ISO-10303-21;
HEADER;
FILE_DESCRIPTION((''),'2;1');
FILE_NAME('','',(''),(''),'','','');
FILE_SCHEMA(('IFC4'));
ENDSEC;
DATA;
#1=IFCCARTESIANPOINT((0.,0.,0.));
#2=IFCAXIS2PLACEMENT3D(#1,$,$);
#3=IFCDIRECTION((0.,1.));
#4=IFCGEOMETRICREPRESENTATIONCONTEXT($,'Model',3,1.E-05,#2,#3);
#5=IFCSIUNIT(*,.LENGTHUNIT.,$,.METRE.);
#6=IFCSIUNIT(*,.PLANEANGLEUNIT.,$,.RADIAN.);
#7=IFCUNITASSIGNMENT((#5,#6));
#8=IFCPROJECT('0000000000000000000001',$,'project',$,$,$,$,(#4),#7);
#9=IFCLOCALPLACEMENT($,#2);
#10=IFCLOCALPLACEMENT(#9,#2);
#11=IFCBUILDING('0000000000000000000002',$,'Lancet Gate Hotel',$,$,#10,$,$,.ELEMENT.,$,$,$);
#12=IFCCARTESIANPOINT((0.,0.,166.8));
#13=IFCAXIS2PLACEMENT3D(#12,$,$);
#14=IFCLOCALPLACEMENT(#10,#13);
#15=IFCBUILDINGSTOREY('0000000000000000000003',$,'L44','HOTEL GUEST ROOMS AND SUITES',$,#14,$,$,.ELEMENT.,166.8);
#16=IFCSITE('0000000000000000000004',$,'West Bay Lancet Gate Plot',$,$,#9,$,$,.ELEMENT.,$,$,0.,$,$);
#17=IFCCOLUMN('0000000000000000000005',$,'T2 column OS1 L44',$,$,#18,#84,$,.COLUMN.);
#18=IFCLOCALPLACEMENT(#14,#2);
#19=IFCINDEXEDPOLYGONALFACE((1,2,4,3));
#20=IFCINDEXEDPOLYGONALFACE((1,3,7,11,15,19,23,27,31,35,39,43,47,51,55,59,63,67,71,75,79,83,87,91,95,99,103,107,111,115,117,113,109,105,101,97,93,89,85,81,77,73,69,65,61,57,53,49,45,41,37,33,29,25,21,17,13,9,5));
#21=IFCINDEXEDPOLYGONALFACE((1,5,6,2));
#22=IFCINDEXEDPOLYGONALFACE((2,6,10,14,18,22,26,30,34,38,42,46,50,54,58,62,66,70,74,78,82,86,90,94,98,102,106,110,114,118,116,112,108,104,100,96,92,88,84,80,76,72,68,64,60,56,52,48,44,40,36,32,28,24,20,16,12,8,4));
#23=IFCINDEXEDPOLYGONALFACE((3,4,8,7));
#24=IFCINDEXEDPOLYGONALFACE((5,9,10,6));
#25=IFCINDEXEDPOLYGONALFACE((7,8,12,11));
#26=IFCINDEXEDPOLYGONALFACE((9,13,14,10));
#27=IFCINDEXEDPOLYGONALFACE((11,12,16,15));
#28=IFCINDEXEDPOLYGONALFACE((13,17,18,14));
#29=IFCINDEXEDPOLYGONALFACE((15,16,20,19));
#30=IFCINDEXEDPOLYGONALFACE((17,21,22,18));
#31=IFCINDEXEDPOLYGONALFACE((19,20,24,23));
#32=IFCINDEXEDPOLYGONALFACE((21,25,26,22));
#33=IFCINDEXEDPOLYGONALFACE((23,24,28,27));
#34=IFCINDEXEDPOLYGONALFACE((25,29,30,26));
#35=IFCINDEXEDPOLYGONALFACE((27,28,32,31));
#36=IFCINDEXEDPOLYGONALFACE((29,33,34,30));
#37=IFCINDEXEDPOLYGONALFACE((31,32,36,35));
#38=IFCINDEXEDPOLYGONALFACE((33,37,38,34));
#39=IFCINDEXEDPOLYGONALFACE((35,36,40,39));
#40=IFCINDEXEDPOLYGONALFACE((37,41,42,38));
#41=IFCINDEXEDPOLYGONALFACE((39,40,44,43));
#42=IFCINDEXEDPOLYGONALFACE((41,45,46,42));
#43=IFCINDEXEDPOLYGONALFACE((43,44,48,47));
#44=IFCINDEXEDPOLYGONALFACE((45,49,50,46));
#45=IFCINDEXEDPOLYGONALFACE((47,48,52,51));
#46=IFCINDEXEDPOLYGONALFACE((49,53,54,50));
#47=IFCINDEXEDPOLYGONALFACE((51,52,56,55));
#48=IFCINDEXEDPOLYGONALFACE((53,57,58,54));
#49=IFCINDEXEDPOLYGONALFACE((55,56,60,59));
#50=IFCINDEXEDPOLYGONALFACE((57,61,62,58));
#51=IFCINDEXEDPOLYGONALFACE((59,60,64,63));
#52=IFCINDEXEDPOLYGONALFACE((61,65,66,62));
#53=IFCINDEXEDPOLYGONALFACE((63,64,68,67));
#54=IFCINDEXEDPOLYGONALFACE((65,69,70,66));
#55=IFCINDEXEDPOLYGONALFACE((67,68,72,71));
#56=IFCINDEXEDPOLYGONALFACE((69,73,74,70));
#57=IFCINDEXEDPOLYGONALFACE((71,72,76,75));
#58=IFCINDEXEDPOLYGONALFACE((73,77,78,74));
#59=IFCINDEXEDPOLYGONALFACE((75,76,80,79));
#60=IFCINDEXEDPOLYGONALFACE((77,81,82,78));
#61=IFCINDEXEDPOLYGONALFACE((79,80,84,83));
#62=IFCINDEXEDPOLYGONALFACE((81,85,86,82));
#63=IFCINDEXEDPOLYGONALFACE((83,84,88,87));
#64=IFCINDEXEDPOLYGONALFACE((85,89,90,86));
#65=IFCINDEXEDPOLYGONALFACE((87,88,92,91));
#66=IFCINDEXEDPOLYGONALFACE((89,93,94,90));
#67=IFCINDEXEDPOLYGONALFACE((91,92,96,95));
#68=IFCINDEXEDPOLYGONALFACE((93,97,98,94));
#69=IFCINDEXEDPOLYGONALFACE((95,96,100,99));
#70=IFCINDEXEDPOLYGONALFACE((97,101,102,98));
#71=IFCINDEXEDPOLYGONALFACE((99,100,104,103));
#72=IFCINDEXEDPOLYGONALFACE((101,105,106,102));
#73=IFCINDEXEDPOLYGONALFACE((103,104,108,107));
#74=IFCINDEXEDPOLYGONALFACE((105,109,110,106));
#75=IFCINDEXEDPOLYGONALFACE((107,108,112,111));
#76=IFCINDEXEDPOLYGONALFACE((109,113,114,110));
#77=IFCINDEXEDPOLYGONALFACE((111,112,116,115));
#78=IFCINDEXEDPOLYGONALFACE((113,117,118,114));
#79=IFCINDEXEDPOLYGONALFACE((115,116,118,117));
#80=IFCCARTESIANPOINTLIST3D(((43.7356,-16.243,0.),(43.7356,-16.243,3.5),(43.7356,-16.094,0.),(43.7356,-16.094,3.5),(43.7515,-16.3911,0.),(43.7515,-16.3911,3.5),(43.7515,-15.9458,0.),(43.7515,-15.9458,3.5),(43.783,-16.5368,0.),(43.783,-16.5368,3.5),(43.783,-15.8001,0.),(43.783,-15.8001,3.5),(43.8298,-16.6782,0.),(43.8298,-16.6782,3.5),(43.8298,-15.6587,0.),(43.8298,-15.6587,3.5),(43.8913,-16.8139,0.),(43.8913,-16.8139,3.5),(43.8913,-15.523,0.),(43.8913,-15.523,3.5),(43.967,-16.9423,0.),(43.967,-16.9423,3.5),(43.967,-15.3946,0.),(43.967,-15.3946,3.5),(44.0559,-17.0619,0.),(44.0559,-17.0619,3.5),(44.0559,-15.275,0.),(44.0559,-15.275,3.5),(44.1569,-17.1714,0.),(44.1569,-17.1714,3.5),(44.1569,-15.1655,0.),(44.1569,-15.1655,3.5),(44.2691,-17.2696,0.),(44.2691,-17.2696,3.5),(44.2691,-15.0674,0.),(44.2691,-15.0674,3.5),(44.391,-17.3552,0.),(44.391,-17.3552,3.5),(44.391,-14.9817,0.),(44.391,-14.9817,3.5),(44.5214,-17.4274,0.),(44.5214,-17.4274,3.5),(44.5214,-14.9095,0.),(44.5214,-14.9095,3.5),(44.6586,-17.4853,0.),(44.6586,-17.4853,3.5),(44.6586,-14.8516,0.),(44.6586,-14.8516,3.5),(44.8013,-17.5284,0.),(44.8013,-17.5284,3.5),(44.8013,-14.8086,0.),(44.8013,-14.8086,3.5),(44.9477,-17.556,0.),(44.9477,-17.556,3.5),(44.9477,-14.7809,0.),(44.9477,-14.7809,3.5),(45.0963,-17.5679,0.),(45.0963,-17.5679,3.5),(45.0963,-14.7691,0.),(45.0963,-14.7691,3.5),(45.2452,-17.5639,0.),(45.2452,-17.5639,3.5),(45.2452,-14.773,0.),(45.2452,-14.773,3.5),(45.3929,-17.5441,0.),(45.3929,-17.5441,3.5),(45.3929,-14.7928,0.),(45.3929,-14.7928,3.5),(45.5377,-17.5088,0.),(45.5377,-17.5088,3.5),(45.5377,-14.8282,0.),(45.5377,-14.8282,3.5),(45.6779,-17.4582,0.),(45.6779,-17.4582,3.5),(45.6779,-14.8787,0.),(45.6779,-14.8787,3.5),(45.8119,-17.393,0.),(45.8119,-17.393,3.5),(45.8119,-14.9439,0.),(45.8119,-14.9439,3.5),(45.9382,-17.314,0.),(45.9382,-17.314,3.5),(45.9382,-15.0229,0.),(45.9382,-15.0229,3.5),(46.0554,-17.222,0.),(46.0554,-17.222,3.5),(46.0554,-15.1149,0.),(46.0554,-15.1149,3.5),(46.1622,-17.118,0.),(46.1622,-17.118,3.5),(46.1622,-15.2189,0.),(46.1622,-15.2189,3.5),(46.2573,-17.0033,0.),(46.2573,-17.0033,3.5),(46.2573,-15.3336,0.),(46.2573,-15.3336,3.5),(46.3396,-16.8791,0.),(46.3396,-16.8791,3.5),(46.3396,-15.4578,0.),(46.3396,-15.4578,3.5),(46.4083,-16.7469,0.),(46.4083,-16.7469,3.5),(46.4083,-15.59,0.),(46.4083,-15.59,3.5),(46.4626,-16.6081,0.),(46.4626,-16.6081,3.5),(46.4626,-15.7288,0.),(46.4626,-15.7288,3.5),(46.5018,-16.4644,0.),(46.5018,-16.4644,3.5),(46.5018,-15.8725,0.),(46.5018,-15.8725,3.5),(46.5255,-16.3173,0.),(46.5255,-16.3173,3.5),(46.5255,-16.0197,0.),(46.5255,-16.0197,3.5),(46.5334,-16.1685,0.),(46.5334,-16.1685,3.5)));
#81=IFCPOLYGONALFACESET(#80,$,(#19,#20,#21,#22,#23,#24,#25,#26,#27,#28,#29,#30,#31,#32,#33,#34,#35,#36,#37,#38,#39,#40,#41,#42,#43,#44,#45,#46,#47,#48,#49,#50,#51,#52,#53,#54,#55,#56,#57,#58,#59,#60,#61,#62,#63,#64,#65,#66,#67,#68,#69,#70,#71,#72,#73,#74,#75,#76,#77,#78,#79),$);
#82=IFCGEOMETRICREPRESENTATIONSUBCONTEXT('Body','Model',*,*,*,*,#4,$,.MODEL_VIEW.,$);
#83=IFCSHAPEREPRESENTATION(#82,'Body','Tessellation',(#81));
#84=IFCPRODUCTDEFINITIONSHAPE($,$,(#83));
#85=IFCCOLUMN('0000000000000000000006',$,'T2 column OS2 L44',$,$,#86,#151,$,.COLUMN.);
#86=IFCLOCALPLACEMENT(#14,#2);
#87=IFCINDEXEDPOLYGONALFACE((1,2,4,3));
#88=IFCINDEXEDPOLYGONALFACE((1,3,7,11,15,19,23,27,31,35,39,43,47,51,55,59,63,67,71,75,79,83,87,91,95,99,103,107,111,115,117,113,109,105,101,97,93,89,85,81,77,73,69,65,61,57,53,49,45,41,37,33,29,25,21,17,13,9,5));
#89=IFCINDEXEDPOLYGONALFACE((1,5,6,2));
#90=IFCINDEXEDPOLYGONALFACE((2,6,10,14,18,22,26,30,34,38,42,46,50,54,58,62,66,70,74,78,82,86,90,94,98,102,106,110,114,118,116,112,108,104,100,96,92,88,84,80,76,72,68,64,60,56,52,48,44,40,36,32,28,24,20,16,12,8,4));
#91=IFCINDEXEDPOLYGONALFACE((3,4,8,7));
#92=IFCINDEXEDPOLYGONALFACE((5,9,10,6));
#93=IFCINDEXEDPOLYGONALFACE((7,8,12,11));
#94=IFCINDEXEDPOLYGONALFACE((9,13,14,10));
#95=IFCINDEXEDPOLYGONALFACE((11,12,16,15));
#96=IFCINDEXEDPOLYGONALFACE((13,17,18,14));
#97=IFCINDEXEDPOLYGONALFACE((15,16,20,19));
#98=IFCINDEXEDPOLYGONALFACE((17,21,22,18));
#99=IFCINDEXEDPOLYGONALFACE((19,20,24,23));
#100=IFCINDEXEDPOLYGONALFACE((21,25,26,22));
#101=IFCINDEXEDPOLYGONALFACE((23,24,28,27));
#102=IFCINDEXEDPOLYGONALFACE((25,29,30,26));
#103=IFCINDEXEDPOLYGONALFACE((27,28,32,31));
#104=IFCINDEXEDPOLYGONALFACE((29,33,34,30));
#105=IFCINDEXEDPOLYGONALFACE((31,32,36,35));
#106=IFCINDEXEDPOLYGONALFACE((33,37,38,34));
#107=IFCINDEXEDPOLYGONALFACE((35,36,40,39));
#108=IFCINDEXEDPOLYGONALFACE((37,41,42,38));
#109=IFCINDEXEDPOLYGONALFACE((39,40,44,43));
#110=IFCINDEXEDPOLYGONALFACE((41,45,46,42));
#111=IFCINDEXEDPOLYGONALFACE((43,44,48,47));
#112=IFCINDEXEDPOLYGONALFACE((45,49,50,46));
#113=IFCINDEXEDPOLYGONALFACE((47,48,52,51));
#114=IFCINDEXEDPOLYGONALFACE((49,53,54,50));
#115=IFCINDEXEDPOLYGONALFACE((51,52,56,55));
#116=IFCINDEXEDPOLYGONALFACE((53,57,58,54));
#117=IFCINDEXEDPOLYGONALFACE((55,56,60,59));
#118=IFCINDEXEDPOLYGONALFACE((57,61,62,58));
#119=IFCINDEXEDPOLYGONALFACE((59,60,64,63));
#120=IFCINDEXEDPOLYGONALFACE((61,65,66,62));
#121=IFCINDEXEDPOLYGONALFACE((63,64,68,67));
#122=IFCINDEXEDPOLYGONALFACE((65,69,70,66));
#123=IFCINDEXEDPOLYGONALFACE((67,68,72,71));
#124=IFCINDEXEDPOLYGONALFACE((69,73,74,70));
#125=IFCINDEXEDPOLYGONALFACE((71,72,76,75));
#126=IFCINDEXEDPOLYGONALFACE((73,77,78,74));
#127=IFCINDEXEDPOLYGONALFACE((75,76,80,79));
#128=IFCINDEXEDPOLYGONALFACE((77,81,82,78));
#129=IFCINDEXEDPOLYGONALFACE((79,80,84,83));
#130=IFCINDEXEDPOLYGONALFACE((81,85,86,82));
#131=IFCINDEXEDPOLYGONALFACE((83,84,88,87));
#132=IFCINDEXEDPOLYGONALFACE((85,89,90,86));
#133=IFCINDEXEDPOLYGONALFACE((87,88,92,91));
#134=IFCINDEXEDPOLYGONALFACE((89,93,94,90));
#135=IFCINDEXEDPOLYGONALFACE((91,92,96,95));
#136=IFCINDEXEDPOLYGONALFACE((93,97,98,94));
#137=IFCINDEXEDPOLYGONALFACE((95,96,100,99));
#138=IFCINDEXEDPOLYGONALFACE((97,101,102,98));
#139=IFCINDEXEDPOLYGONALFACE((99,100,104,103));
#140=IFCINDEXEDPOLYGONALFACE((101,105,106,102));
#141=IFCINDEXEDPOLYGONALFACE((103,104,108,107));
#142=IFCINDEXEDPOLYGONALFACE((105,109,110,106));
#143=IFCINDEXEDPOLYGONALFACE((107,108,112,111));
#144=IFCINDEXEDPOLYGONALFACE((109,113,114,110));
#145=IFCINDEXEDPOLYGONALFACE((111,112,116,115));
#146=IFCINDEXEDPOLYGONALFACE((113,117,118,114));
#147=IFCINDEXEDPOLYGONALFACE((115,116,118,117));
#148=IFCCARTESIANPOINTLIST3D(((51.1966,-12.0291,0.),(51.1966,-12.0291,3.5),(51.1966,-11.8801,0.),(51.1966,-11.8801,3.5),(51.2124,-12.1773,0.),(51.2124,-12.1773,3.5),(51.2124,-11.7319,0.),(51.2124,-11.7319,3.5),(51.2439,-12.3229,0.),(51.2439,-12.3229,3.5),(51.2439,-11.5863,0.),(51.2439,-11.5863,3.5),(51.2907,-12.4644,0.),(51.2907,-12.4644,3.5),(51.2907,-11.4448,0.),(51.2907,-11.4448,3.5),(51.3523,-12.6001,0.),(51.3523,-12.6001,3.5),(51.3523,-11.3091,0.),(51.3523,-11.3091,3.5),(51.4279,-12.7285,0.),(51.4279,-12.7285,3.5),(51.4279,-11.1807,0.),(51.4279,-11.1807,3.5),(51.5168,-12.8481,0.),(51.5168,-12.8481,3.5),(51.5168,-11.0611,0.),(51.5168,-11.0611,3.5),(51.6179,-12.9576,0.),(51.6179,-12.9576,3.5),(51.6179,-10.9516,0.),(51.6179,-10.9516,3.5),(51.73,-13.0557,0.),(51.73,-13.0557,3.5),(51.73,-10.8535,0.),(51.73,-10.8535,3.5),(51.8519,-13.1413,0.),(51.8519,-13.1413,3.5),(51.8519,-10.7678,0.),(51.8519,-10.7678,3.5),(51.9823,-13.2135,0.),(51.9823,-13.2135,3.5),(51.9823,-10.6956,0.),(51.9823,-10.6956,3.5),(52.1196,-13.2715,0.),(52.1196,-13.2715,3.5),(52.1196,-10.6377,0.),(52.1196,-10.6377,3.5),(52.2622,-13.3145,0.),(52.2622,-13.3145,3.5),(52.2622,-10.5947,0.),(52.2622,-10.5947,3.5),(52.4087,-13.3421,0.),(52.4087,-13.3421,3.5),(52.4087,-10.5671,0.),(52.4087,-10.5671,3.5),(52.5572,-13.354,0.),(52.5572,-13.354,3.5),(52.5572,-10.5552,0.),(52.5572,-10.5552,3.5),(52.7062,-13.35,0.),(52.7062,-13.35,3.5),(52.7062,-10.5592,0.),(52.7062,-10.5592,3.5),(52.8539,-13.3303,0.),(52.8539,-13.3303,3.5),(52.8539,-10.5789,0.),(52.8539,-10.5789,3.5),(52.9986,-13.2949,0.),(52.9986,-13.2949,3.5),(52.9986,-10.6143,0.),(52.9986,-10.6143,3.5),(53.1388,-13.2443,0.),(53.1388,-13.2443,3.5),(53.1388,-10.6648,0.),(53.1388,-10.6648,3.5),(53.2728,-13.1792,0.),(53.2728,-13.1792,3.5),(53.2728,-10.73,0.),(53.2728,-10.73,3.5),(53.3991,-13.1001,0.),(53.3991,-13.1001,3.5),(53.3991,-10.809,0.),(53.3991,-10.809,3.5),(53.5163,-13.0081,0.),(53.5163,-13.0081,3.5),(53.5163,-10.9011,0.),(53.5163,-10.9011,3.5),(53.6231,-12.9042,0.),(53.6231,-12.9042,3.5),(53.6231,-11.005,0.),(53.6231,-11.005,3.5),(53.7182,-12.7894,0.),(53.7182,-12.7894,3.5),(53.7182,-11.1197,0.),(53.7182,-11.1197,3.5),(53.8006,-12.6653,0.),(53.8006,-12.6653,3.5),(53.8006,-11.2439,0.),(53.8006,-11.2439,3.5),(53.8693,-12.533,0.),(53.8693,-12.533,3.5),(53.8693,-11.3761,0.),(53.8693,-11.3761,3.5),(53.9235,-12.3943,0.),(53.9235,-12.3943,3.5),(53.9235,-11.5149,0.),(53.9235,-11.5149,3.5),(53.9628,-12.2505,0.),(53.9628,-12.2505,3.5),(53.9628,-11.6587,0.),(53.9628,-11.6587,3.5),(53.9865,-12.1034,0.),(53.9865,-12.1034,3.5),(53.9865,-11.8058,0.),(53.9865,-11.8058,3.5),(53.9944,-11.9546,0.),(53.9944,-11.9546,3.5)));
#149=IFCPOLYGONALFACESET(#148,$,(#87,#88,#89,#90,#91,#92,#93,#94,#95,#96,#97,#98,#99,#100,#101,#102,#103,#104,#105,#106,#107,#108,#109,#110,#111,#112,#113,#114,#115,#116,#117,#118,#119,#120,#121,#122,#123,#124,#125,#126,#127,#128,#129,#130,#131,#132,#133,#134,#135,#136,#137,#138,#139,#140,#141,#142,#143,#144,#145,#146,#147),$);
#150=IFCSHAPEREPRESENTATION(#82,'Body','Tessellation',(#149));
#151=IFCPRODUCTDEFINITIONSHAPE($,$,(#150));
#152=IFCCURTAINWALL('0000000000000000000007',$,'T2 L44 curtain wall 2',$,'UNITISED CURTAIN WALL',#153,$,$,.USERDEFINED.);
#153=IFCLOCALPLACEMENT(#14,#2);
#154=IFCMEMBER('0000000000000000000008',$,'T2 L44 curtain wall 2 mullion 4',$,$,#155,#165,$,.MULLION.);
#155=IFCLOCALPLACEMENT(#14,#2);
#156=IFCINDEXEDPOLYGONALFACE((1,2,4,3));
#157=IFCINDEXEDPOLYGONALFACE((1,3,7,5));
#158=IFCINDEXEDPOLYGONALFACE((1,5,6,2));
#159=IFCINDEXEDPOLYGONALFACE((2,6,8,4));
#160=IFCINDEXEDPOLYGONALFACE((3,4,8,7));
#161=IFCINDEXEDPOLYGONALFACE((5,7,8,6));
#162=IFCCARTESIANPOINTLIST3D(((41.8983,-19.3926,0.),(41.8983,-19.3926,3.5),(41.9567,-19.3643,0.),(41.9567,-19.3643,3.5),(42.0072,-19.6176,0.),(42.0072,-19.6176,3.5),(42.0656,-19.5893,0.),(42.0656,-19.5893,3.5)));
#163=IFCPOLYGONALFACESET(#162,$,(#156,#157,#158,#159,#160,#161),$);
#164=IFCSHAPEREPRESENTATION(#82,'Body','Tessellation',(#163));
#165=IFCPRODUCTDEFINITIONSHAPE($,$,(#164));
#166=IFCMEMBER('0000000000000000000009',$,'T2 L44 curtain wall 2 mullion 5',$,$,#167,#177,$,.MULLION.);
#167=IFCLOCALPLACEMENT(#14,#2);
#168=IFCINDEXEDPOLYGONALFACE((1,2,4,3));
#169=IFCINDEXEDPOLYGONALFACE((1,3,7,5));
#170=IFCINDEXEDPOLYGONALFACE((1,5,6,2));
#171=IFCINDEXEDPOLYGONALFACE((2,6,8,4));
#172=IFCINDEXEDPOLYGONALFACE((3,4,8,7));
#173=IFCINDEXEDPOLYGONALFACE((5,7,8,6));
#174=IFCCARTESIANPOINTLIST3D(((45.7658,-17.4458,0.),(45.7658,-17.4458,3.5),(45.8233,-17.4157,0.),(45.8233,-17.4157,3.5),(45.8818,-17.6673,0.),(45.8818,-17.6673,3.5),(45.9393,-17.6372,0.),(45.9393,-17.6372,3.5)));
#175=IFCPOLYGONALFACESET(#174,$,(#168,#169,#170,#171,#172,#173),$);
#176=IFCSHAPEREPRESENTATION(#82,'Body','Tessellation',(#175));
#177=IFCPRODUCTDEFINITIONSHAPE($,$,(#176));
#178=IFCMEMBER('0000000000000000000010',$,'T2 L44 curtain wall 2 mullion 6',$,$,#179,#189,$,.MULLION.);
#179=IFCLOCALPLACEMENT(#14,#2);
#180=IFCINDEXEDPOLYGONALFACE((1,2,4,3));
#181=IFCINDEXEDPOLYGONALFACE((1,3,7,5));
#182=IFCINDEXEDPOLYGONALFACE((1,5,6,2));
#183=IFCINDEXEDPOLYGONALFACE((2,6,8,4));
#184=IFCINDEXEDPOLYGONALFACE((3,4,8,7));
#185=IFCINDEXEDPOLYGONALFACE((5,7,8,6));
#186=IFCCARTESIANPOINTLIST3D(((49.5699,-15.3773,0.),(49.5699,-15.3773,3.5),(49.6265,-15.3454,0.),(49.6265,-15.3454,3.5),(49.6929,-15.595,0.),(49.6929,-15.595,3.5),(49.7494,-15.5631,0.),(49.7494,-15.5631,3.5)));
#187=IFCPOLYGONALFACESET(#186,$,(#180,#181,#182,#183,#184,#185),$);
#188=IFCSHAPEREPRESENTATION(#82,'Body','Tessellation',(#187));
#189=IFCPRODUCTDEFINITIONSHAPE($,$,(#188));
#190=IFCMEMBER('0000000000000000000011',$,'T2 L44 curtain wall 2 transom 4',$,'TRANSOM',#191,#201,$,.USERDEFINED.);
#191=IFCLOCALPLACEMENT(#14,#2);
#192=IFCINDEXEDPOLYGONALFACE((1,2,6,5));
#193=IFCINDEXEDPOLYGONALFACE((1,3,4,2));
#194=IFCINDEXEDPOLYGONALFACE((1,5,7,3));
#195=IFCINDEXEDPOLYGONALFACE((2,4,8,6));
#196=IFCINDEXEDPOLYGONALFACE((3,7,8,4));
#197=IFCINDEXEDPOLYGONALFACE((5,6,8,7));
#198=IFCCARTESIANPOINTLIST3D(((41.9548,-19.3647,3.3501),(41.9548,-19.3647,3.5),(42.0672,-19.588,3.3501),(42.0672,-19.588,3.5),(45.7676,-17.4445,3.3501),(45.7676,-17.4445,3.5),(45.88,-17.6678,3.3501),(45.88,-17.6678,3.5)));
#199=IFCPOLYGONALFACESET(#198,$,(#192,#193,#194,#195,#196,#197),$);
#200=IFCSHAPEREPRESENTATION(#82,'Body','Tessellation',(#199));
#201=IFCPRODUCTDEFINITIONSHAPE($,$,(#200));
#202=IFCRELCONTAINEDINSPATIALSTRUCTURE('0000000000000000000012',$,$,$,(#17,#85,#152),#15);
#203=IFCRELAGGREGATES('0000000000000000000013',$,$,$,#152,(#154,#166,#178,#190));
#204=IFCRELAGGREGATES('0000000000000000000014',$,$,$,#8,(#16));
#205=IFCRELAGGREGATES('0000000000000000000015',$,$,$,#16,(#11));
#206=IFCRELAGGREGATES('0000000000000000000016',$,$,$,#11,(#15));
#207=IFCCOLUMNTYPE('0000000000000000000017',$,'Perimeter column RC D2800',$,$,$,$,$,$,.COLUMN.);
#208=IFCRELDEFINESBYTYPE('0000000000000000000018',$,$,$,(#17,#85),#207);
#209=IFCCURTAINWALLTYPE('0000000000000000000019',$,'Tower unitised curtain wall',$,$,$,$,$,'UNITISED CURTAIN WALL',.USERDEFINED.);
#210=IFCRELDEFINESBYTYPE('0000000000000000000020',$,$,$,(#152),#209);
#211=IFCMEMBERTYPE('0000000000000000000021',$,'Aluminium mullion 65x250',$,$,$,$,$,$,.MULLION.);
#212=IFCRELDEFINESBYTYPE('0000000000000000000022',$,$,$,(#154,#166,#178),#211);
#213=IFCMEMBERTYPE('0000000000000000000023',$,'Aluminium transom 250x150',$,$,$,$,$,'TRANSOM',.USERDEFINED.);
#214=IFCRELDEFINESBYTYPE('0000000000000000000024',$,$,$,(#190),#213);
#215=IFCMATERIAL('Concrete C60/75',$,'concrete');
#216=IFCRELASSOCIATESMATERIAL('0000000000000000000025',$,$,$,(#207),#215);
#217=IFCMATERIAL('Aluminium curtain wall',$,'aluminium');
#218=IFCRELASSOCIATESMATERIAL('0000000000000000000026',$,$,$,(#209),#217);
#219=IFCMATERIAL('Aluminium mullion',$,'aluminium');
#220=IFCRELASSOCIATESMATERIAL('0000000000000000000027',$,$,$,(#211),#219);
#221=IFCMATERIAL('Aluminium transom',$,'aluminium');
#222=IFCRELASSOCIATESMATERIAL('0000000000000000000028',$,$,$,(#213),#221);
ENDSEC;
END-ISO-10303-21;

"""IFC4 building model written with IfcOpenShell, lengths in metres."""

from ifc_helpers import new_model, si_unit, direction, frame, origin, origin_2d, place, context, subcontext, project, spatial, rectangle, circle, extrude, material, material_profile, profile_set, type_object, element, aggregate, save


model = new_model("IFC4")

# Units and contexts
model_context = context("Model", 3, precision=1e-05, world=origin(), true_north=direction((0.0, 1.0)))
body_context = subcontext(model_context, "Body", "Model", "MODEL_VIEW")
ifc_project = project(units=[si_unit("LENGTHUNIT", "METRE"), si_unit("PLANEANGLEUNIT", "RADIAN")], contexts=[model_context])

# Site, building, storey
site_placement = place(None, origin())
site = spatial("IfcSite", under=ifc_project, at=site_placement, Name="West Bay Lancet Gate Plot", CompositionType="ELEMENT", RefElevation=0.0)
building_placement = place(site_placement, origin())
building = spatial("IfcBuilding", under=site, at=building_placement, Name="Lancet Gate Hotel", CompositionType="ELEMENT")
storey_placement = place(building_placement, frame((0.0, 0.0, 166.8)))
storey = spatial("IfcBuildingStorey", under=building, at=storey_placement, Name="L44", Description="HOTEL GUEST ROOMS AND SUITES", CompositionType="ELEMENT", Elevation=166.8)

# Columns
ifc_material_1 = material(Name="Concrete C60/75", Category="concrete")
ifc_material_profile_1 = material_profile(ifc_material_1, circle(Radius=1.3999, at=origin_2d()), Name="RC D2800")
ifc_profile_set_1 = profile_set([ifc_material_profile_1], Name="Concrete C60/75")
column_type = type_object("IfcColumnType", Name="Perimeter column RC D2800", PredefinedType="COLUMN", material=ifc_profile_set_1)
for number, where, z_axis, x_axis, name in (
    (1, (45.1335, -16.1685, 0.0), (0.0, 0.0, 1.0), (1.0, 0.0, 0.0), "T2 column OS1 L44"),
    (2, (52.5945, -11.9546, 0.0), (0.0, 0.0, 1.0), (1.0, 0.0, 0.0), "T2 column OS2 L44"),
):
    element("IfcColumn", number, at=place(storey_placement, frame(where, z_axis=z_axis, x_axis=x_axis)), inside=storey, type_object=column_type, Name=name, PredefinedType="COLUMN", context=body_context, shape_type="SweptSolid", body=[
        extrude(circle(Radius=1.3999, at=origin_2d()), origin(), (0.0, 0.0, 1.0), 3.5),
    ])

# Curtain wall, members
ifc_material_2 = material(Name="Aluminium curtain wall", Category="aluminium")
curtain_wall_type = type_object("IfcCurtainWallType", Name="Tower unitised curtain wall", ElementType="UNITISED CURTAIN WALL", PredefinedType="USERDEFINED", material=ifc_material_2)
curtain_wall_placement = place(storey_placement, origin())
curtain_wall = element("IfcCurtainWall", 3, at=curtain_wall_placement, inside=storey, type_object=curtain_wall_type, Name="T2 L44 curtain wall 2", ObjectType="UNITISED CURTAIN WALL", PredefinedType="USERDEFINED")
ifc_material_3 = material(Name="Aluminium mullion", Category="aluminium")
ifc_material_profile_2 = material_profile(ifc_material_3, rectangle(XDim=0.0649, YDim=0.25, at=origin_2d()), Name="MULLION 65x250")
ifc_profile_set_2 = profile_set([ifc_material_profile_2], Name="Aluminium mullion")
member_type_1 = type_object("IfcMemberType", Name="Aluminium mullion 65x250", PredefinedType="MULLION", material=ifc_profile_set_2)
member_1_placement = place(storey_placement, frame((41.9819, -19.491, 0.0), z_axis=(0.0, 0.0, 1.0), x_axis=(0.900141, 0.435598, 0.0)))
member_1 = element("IfcMember", 4, at=member_1_placement, type_object=member_type_1, Name="T2 L44 curtain wall 2 mullion 4", PredefinedType="MULLION", context=body_context, shape_type="SweptSolid", body=[
    extrude(rectangle(XDim=0.0649, YDim=0.25, at=origin_2d()), origin(), (0.0, 0.0, 1.0), 3.5),
])
member_2_placement = place(storey_placement, frame((45.8525, -17.5415, 0.0), z_axis=(0.0, 0.0, 1.0), x_axis=(0.885877, 0.46392, 0.0)))
member_2 = element("IfcMember", 5, at=member_2_placement, type_object=member_type_1, Name="T2 L44 curtain wall 2 mullion 5", PredefinedType="MULLION", context=body_context, shape_type="SweptSolid", body=[
    extrude(rectangle(XDim=0.0649, YDim=0.25, at=origin_2d()), origin(), (0.0, 0.0, 1.0), 3.5),
])
member_3_placement = place(storey_placement, frame((49.6597, -15.4702, 0.0), z_axis=(0.0, 0.0, 1.0), x_axis=(0.870722, 0.491776, 0.0)))
member_3 = element("IfcMember", 6, at=member_3_placement, type_object=member_type_1, Name="T2 L44 curtain wall 2 mullion 6", PredefinedType="MULLION", context=body_context, shape_type="SweptSolid", body=[
    extrude(rectangle(XDim=0.0649, YDim=0.25, at=origin_2d()), origin(), (0.0, 0.0, 1.0), 3.5),
])
ifc_material_4 = material(Name="Aluminium transom", Category="aluminium")
ifc_material_profile_3 = material_profile(ifc_material_4, rectangle(XDim=0.25, YDim=0.1499, at=origin_2d()), Name="TRANSOM 250x150")
ifc_profile_set_3 = profile_set([ifc_material_profile_3], Name="Aluminium transom")
member_type_2 = type_object("IfcMemberType", Name="Aluminium transom 250x150", ElementType="TRANSOM", PredefinedType="USERDEFINED", material=ifc_profile_set_3)
member_4_placement = place(storey_placement, frame((42.011, -19.4763, 3.425), z_axis=(0.893131, 0.449797, 0.0), x_axis=(-0.449797, 0.893131, 0.0)))
member_4 = element("IfcMember", 7, at=member_4_placement, type_object=member_type_2, Name="T2 L44 curtain wall 2 transom 4", ObjectType="TRANSOM", PredefinedType="USERDEFINED", context=body_context, shape_type="SweptSolid", body=[
    extrude(rectangle(XDim=0.25, YDim=0.1499, at=origin_2d()), origin(), (0.0, 0.0, 1.0), 4.269),
])

aggregate(curtain_wall, [member_1, member_2, member_3, member_4])

save(model, "model.ifc")
